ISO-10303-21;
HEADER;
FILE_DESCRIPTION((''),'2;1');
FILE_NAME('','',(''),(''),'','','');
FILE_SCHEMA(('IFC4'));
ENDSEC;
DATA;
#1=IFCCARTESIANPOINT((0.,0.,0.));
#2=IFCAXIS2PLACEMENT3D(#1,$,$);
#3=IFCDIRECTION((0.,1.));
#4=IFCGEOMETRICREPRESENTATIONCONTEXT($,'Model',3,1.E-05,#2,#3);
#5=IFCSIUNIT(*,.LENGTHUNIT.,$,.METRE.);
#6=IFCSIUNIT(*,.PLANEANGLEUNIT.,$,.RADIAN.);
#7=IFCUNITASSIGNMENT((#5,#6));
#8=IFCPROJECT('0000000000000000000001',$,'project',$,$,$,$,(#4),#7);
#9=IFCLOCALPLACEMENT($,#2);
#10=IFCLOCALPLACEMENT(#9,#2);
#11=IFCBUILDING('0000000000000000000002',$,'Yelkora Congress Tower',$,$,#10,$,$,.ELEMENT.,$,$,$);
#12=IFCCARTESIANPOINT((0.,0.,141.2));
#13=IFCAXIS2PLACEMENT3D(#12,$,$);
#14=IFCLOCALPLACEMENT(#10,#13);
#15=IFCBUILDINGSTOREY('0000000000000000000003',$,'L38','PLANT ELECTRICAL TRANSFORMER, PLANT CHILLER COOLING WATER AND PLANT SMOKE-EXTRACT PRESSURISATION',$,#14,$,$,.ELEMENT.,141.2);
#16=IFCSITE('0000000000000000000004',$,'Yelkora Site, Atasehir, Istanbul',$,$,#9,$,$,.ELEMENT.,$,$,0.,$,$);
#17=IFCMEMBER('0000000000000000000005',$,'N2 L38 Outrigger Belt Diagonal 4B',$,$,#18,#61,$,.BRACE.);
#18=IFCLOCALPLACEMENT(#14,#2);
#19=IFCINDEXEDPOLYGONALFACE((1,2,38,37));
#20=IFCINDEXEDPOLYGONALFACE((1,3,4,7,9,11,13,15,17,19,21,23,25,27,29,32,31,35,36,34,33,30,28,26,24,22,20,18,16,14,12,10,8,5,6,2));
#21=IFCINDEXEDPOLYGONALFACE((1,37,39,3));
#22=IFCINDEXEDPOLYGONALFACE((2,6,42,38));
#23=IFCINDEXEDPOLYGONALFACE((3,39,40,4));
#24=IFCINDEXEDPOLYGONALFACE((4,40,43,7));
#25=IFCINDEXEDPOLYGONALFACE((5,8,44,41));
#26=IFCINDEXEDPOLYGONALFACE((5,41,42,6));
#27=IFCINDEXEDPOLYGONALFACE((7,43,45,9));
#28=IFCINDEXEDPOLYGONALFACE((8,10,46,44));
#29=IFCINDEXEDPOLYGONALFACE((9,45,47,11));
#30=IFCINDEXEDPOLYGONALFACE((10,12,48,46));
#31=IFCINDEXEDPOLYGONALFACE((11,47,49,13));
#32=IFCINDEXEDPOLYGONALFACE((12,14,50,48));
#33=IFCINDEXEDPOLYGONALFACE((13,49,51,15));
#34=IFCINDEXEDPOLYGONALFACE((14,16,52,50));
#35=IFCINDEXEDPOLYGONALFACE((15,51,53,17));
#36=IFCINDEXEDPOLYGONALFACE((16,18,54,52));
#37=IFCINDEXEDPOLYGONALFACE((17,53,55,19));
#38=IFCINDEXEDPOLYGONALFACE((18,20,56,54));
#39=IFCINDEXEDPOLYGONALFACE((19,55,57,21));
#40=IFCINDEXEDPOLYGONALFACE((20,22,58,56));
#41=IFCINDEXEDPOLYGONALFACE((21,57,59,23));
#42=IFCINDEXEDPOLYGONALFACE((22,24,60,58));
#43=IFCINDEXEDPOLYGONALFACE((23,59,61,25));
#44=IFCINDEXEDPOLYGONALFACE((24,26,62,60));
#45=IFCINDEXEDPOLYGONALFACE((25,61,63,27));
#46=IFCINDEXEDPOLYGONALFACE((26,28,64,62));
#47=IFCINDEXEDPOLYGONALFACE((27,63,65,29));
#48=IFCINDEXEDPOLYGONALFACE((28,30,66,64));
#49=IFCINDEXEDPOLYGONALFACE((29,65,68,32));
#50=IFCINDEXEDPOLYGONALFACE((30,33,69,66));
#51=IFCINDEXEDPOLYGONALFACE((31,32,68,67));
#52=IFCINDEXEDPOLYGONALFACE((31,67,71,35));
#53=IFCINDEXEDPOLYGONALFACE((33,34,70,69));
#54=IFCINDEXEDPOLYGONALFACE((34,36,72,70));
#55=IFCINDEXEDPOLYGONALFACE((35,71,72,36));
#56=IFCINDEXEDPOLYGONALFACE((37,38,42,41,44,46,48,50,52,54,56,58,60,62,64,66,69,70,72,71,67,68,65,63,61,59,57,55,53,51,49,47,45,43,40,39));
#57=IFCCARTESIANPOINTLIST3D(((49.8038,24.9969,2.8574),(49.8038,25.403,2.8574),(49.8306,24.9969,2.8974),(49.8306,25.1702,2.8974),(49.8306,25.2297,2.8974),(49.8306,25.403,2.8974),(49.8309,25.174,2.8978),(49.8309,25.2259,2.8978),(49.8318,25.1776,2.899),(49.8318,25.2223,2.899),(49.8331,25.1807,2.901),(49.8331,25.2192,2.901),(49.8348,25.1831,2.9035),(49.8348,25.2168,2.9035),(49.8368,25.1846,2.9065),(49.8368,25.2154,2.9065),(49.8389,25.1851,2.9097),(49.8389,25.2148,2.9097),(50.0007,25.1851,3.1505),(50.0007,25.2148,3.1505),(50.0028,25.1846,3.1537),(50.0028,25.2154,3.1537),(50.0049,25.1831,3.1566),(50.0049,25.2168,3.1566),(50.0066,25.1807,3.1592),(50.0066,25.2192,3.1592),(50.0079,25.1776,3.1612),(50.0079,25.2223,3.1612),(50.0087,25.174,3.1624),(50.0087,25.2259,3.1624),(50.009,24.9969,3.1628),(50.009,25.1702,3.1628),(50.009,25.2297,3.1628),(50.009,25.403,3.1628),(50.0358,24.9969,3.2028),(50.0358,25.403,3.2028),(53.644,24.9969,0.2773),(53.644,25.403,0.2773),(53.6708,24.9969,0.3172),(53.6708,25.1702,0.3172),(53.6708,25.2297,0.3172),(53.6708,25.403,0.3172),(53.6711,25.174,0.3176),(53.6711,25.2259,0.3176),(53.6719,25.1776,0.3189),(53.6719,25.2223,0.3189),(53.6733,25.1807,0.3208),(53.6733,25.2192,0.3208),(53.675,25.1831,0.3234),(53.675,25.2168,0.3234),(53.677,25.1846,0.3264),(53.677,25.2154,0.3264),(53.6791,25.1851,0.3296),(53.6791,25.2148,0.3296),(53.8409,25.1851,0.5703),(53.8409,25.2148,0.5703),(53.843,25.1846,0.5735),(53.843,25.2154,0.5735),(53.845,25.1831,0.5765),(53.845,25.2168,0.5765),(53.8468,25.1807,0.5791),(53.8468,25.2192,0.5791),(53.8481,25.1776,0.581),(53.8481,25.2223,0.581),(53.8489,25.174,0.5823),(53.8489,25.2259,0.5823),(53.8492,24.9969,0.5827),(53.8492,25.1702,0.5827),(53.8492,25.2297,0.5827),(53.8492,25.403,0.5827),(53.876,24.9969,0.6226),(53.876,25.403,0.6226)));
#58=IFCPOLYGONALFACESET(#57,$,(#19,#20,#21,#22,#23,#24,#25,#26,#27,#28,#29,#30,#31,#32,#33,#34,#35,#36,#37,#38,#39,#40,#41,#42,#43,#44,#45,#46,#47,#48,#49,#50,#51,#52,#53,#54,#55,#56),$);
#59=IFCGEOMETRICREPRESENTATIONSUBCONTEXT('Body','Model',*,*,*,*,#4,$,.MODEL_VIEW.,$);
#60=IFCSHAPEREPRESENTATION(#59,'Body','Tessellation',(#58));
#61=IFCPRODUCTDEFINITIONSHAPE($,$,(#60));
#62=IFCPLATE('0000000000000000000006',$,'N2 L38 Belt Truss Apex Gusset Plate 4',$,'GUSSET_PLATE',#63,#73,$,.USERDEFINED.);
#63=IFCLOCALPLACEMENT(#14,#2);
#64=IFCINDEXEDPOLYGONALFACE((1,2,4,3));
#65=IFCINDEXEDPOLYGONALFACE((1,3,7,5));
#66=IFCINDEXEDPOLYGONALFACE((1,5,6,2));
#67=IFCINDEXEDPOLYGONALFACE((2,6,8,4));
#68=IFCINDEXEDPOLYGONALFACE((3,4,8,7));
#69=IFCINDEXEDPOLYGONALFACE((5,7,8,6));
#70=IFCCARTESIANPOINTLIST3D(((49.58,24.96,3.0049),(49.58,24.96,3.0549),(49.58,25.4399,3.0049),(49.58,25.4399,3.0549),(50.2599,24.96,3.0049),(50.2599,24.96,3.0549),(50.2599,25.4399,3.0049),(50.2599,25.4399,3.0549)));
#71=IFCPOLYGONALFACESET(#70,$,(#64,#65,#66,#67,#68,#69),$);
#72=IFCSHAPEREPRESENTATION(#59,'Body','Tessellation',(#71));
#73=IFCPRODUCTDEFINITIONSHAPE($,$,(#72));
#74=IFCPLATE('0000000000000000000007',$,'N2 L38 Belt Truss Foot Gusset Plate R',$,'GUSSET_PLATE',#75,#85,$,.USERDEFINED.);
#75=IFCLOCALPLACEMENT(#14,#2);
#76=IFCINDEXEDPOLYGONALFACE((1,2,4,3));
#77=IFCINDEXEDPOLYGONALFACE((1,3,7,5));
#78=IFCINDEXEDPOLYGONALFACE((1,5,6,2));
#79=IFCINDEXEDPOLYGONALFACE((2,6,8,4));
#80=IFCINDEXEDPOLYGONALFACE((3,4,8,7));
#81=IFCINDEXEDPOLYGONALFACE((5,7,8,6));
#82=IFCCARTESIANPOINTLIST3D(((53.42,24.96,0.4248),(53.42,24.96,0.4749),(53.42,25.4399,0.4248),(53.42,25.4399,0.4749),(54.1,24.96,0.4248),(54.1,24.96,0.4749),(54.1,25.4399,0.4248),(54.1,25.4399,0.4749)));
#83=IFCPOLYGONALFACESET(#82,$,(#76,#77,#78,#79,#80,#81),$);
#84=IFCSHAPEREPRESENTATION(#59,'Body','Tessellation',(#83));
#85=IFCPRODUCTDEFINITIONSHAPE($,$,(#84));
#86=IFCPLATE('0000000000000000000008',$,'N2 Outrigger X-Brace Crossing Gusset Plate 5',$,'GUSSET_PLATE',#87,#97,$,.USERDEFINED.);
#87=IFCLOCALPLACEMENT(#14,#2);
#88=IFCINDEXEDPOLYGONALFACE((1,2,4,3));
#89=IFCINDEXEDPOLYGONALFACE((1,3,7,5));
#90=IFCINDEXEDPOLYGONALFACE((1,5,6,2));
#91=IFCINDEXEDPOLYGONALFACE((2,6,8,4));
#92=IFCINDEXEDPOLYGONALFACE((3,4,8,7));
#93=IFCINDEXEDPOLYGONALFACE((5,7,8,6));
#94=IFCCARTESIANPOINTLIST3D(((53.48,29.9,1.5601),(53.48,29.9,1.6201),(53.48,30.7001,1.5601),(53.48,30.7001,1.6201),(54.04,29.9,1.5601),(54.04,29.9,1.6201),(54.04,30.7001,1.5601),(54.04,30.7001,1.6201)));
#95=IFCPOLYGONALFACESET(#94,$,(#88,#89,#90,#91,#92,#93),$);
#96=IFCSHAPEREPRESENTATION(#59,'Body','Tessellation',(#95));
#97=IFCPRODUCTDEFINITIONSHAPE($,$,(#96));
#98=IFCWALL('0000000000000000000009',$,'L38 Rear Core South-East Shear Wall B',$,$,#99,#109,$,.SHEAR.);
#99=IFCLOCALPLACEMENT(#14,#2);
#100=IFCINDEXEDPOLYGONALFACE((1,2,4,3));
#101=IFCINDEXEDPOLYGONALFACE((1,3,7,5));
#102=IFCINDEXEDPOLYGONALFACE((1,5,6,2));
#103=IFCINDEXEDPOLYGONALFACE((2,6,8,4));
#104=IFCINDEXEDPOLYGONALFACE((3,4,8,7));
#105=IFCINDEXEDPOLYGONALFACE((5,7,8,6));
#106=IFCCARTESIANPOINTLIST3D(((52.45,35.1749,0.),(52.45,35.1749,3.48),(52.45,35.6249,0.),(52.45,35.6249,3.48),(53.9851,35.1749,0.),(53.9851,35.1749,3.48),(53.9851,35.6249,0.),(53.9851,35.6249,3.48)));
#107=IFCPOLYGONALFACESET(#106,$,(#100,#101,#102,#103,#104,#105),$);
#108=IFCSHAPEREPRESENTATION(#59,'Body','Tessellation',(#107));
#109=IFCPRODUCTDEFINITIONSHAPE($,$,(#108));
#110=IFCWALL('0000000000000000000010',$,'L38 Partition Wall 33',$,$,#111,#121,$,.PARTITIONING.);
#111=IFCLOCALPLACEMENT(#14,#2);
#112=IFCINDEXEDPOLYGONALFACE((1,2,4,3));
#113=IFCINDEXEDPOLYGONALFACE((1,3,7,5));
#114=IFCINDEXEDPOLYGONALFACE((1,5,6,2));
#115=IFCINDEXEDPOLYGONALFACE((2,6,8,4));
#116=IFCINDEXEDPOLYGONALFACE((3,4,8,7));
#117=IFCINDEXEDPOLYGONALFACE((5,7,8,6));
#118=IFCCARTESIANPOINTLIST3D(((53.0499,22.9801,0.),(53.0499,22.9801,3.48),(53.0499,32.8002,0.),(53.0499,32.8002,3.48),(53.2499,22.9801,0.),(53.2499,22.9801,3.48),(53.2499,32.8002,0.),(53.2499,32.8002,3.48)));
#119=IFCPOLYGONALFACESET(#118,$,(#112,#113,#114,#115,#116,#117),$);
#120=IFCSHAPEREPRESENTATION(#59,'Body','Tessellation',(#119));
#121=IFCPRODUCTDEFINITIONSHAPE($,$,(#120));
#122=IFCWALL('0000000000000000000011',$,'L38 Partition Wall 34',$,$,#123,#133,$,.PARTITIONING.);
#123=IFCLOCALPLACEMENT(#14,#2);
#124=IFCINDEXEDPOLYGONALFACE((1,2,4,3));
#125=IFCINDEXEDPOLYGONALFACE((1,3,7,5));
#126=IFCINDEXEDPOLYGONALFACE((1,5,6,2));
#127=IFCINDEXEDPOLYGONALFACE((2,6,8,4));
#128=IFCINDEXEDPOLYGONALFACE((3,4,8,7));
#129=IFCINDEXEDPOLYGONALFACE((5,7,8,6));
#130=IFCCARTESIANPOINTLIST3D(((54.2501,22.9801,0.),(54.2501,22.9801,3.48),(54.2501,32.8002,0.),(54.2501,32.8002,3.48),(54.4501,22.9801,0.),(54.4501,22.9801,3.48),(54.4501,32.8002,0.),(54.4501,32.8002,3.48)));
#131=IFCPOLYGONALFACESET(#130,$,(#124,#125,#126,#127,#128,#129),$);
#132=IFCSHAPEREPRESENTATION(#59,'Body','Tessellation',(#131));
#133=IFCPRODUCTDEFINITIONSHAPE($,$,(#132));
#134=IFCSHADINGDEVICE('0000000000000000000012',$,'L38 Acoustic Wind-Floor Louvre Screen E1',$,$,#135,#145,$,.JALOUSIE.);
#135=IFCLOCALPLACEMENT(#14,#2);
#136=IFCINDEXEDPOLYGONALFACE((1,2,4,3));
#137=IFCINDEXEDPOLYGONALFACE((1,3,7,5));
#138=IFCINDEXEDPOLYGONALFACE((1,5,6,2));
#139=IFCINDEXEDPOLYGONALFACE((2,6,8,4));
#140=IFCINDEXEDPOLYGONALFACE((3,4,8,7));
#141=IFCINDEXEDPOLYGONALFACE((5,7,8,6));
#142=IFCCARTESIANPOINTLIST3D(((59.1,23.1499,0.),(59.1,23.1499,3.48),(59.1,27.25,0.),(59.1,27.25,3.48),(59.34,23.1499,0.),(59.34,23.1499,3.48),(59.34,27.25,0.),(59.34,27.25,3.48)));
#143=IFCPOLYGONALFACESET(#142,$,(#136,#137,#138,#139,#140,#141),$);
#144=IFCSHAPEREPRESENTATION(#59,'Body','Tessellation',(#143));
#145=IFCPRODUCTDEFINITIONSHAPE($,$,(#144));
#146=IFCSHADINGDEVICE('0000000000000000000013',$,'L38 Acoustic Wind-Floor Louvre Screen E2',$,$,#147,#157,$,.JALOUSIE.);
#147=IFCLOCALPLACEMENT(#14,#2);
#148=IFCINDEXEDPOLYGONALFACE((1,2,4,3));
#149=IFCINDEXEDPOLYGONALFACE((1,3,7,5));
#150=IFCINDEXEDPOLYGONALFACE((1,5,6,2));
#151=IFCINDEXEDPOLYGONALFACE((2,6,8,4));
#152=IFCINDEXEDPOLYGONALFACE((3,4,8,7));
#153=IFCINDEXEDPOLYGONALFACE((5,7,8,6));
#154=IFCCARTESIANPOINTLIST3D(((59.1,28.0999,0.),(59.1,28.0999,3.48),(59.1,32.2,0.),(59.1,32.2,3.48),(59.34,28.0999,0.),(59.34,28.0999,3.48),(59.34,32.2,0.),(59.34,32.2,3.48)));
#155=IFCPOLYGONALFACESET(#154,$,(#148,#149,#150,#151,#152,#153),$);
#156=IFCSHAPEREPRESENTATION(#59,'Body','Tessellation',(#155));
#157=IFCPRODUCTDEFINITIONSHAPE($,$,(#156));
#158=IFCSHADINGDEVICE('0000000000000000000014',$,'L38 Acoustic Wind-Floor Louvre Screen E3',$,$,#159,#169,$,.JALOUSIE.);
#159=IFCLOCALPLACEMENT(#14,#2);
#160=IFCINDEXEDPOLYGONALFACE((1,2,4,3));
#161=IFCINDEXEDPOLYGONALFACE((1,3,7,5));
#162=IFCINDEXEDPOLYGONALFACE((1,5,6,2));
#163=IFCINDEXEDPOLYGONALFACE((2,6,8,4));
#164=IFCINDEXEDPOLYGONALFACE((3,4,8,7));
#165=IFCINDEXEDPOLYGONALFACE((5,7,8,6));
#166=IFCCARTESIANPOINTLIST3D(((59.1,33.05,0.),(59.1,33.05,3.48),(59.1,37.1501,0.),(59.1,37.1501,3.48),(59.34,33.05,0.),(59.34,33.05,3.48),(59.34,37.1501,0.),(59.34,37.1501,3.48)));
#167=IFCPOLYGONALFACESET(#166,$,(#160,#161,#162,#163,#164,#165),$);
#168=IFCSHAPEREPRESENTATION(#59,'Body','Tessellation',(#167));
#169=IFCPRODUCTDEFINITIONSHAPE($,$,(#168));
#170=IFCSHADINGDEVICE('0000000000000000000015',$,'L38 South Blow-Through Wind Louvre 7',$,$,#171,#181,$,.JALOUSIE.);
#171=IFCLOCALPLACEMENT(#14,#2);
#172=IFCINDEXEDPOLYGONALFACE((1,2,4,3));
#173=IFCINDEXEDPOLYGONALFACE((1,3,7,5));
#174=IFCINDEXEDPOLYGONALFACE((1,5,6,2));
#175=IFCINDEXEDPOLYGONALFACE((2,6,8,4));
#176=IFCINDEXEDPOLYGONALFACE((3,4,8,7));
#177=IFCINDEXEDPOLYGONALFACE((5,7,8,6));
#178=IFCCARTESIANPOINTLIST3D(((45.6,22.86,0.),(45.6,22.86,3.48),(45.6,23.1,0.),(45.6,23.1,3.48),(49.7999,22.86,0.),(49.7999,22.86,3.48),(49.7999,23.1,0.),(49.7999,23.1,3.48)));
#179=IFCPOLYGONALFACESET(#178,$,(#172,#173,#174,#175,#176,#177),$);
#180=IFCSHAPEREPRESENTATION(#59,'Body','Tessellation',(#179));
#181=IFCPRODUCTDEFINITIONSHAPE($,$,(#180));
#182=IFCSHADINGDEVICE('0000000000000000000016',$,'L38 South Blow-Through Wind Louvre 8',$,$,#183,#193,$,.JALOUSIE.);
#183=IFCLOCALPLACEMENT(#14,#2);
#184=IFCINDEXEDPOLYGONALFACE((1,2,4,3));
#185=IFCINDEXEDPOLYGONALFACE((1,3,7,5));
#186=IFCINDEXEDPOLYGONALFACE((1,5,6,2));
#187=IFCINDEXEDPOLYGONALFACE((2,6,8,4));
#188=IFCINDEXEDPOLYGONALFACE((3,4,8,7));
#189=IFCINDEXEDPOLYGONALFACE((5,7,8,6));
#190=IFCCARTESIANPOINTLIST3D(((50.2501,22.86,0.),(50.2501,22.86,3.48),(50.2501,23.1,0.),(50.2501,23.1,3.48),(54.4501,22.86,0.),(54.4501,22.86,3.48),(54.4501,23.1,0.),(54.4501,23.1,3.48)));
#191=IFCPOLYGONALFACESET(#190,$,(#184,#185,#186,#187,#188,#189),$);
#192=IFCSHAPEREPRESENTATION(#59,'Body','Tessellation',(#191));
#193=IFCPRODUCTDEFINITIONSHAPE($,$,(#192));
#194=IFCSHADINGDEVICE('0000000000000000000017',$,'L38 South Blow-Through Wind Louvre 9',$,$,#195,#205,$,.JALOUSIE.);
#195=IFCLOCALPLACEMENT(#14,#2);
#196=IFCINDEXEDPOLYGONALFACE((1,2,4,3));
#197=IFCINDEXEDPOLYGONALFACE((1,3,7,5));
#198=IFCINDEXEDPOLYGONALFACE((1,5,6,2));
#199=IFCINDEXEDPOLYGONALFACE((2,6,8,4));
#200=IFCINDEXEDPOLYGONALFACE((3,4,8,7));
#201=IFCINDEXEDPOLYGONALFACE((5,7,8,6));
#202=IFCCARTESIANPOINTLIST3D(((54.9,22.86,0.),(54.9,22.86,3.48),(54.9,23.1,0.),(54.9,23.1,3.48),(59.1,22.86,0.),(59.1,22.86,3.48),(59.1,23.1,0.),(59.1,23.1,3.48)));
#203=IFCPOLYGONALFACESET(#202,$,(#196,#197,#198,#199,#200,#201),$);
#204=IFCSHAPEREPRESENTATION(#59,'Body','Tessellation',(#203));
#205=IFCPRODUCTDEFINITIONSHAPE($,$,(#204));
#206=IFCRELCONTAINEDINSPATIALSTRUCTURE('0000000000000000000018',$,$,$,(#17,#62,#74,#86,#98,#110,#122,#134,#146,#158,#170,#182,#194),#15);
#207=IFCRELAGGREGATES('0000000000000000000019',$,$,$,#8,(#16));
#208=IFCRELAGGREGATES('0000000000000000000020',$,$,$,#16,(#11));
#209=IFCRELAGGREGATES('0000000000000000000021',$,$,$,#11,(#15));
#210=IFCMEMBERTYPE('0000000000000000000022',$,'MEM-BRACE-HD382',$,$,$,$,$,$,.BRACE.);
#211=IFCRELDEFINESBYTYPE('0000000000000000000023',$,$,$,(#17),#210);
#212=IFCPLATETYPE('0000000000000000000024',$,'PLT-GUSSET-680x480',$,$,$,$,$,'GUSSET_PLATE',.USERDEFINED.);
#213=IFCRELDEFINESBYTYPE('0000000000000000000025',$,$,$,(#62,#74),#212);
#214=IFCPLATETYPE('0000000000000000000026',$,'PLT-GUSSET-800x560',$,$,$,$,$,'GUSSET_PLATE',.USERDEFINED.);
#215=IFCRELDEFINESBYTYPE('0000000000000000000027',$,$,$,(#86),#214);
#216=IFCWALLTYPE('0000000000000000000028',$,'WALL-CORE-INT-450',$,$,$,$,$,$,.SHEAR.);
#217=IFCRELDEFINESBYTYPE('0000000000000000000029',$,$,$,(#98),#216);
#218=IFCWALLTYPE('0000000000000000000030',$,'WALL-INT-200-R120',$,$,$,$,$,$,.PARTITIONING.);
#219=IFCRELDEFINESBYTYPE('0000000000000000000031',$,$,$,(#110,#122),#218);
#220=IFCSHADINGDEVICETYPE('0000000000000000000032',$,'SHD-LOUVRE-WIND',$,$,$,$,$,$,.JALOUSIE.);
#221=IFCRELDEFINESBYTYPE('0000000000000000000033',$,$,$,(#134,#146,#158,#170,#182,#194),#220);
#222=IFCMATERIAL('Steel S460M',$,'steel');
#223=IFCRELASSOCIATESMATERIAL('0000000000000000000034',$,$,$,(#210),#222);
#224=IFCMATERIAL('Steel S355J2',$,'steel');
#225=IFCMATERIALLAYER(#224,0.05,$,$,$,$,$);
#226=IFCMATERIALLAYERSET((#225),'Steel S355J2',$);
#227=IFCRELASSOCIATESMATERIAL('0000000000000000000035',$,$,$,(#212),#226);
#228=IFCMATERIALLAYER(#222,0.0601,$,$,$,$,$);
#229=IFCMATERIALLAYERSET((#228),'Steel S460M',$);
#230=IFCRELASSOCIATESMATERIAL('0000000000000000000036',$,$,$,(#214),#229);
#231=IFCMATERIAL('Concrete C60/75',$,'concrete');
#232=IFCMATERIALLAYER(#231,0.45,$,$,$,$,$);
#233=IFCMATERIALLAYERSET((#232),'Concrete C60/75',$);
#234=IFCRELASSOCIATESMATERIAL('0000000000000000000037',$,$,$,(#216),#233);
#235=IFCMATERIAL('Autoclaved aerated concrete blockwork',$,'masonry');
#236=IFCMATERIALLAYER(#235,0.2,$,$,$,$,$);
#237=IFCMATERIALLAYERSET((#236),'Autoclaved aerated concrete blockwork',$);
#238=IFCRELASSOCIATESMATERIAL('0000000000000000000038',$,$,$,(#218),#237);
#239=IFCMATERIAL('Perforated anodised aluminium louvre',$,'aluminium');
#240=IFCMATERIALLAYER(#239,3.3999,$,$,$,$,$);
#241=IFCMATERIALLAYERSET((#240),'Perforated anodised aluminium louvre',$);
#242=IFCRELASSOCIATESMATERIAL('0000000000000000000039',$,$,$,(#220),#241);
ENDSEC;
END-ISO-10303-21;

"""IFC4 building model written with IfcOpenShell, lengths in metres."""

from ifc_helpers import new_model, si_unit, direction, frame, frame_2d, origin, origin_2d, place, context, subcontext, project, spatial, rectangle, i_section, extrude, material, layer, layer_set, material_profile, profile_set, type_object, element, save


model = new_model("IFC4")

# Units and contexts
model_context = context("Model", 3, precision=1e-05, world=origin(), true_north=direction((0.0, 1.0)))
body_context = subcontext(model_context, "Body", "Model", "MODEL_VIEW")
ifc_project = project(units=[si_unit("LENGTHUNIT", "METRE"), si_unit("PLANEANGLEUNIT", "RADIAN")], contexts=[model_context])

# Site, building, storey
site_placement = place(None, origin())
site = spatial("IfcSite", under=ifc_project, at=site_placement, Name="Yelkora Site, Atasehir, Istanbul", CompositionType="ELEMENT", RefElevation=0.0)
building_placement = place(site_placement, origin())
building = spatial("IfcBuilding", under=site, at=building_placement, Name="Yelkora Congress Tower", CompositionType="ELEMENT")
storey_placement = place(building_placement, frame((0.0, 0.0, 141.2)))
storey = spatial("IfcBuildingStorey", under=building, at=storey_placement, Name="L38", Description="PLANT ELECTRICAL TRANSFORMER, PLANT CHILLER COOLING WATER AND PLANT SMOKE-EXTRACT PRESSURISATION", CompositionType="ELEMENT", Elevation=141.2)

# Shared definitions
ifc_material_1 = material(Name="Steel S460M", Category="steel")

# Member
ifc_material_profile_1 = material_profile(ifc_material_1, i_section(OverallWidth=0.406, OverallDepth=0.416, WebThickness=0.0298, FlangeThickness=0.0481, FilletRadius=0.0149, at=origin_2d()), Name="HD 400x382")
ifc_profile_set_1 = profile_set([ifc_material_profile_1], Name="Steel S460M")
member_type = type_object("IfcMemberType", Name="MEM-BRACE-HD382", PredefinedType="BRACE", material=ifc_profile_set_1)
member_placement = place(storey_placement, frame((53.76, 25.2, 0.45), z_axis=(-0.830048, 0.0, 0.557692), x_axis=(0.0, -1.0, 0.0)))
element("IfcMember", 1, at=member_placement, inside=storey, type_object=member_type, Name="N2 L38 Outrigger Belt Diagonal 4B", PredefinedType="BRACE", context=body_context, shape_type="SweptSolid", body=[
    extrude(i_section(OverallWidth=0.406, OverallDepth=0.416, WebThickness=0.0298, FlangeThickness=0.0481, FilletRadius=0.0149, at=origin_2d()), origin(), (0.0, 0.0, 1.0), 4.6265),
])

# Plates
ifc_material_2 = material(Name="Steel S355J2", Category="steel")
ifc_layer_1 = layer(ifc_material_2, 0.05)
ifc_layer_set_1 = layer_set([ifc_layer_1], Name="Steel S355J2")
plate_type_1 = type_object("IfcPlateType", Name="PLT-GUSSET-680x480", ElementType="GUSSET_PLATE", PredefinedType="USERDEFINED", material=ifc_layer_set_1)
for number, where, z_axis, x_axis, name in (
    (2, (49.9199, 25.2, 3.0049), (0.0, 0.0, 1.0), (1.0, 0.0, 0.0), "N2 L38 Belt Truss Apex Gusset Plate 4"),
    (3, (53.76, 25.2, 0.4248), (0.0, 0.0, 1.0), (1.0, 0.0, 0.0), "N2 L38 Belt Truss Foot Gusset Plate R"),
):
    element("IfcPlate", number, at=place(storey_placement, frame(where, z_axis=z_axis, x_axis=x_axis)), inside=storey, type_object=plate_type_1, Name=name, ObjectType="GUSSET_PLATE", PredefinedType="USERDEFINED", context=body_context, shape_type="SweptSolid", body=[
        extrude(rectangle(XDim=0.6799, YDim=0.48, at=origin_2d()), origin(), (0.0, 0.0, 1.0), 0.05),
    ])
ifc_layer_2 = layer(ifc_material_1, 0.0601)
ifc_layer_set_2 = layer_set([ifc_layer_2], Name="Steel S460M")
plate_type_2 = type_object("IfcPlateType", Name="PLT-GUSSET-800x560", ElementType="GUSSET_PLATE", PredefinedType="USERDEFINED", material=ifc_layer_set_2)
plate_placement = place(storey_placement, frame((53.76, 30.3, 1.5601), z_axis=(0.0, 0.0, 1.0), x_axis=(0.0, 1.0, 0.0)))
element("IfcPlate", 4, at=plate_placement, inside=storey, type_object=plate_type_2, Name="N2 Outrigger X-Brace Crossing Gusset Plate 5", ObjectType="GUSSET_PLATE", PredefinedType="USERDEFINED", context=body_context, shape_type="SweptSolid", body=[
    extrude(rectangle(XDim=0.8, YDim=0.5601, at=origin_2d()), origin(), (0.0, 0.0, 1.0), 0.0601),
])

# Wall
ifc_material_3 = material(Name="Concrete C60/75", Category="concrete")
ifc_layer_3 = layer(ifc_material_3, 0.45)
ifc_layer_set_3 = layer_set([ifc_layer_3], Name="Concrete C60/75")
wall_type_1 = type_object("IfcWallType", Name="WALL-CORE-INT-450", PredefinedType="SHEAR", material=ifc_layer_set_3)
wall_1_placement = place(storey_placement, frame((52.45, 35.3999, 0.0), z_axis=(0.0, 0.0, 1.0), x_axis=(1.0, 0.0, 0.0)))
element("IfcWall", 5, at=wall_1_placement, inside=storey, type_object=wall_type_1, Name="L38 Rear Core South-East Shear Wall B", PredefinedType="SHEAR", context=body_context, shape_type="SweptSolid", body=[
    extrude(rectangle(XDim=1.5352, YDim=0.45, at=frame_2d((0.7676, 0.0))), origin(), (0.0, 0.0, 1.0), 3.48),
])

# Shared definitions
ifc_material_4 = material(Name="Autoclaved aerated concrete blockwork", Category="masonry")
ifc_layer_4 = layer(ifc_material_4, 0.2)
ifc_layer_set_4 = layer_set([ifc_layer_4], Name="Autoclaved aerated concrete blockwork")
wall_type_2 = type_object("IfcWallType", Name="WALL-INT-200-R120", PredefinedType="PARTITIONING", material=ifc_layer_set_4)

# Walls
for number, where, z_axis, x_axis, name in (
    (6, (53.1499, 22.98, 0.0), (0.0, 0.0, 1.0), (0.0, 1.0, 0.0), "L38 Partition Wall 33"),
    (7, (54.3501, 22.98, 0.0), (0.0, 0.0, 1.0), (0.0, 1.0, 0.0), "L38 Partition Wall 34"),
):
    element("IfcWall", number, at=place(storey_placement, frame(where, z_axis=z_axis, x_axis=x_axis)), inside=storey, type_object=wall_type_2, Name=name, PredefinedType="PARTITIONING", context=body_context, shape_type="SweptSolid", body=[
        extrude(rectangle(XDim=9.8201, YDim=0.2, at=frame_2d((4.9102, 0.0))), origin(), (0.0, 0.0, 1.0), 3.48),
    ])

# Shading devices
ifc_material_5 = material(Name="Perforated anodised aluminium louvre", Category="aluminium")
ifc_layer_5 = layer(ifc_material_5, 3.3999)
ifc_layer_set_5 = layer_set([ifc_layer_5], Name="Perforated anodised aluminium louvre")
shading_device_type = type_object("IfcShadingDeviceType", Name="SHD-LOUVRE-WIND", PredefinedType="JALOUSIE", material=ifc_layer_set_5)
for number, where, z_axis, x_axis, name in (
    (8, (59.22, 25.2, 0.0), (0.0, 0.0, 1.0), (1.0, 0.0, 0.0), "L38 Acoustic Wind-Floor Louvre Screen E1"),
    (9, (59.22, 30.1499, 0.0), (0.0, 0.0, 1.0), (1.0, 0.0, 0.0), "L38 Acoustic Wind-Floor Louvre Screen E2"),
    (10, (59.22, 35.1001, 0.0), (0.0, 0.0, 1.0), (1.0, 0.0, 0.0), "L38 Acoustic Wind-Floor Louvre Screen E3"),
):
    element("IfcShadingDevice", number, at=place(storey_placement, frame(where, z_axis=z_axis, x_axis=x_axis)), inside=storey, type_object=shading_device_type, Name=name, PredefinedType="JALOUSIE", context=body_context, shape_type="SweptSolid", body=[
        extrude(rectangle(XDim=0.24, YDim=4.1001, at=origin_2d()), origin(), (0.0, 0.0, 1.0), 3.48),
    ])
for number, where, z_axis, x_axis, name in (
    (11, (47.7, 22.98, 0.0), (0.0, 0.0, 1.0), (1.0, 0.0, 0.0), "L38 South Blow-Through Wind Louvre 7"),
    (12, (52.3501, 22.98, 0.0), (0.0, 0.0, 1.0), (1.0, 0.0, 0.0), "L38 South Blow-Through Wind Louvre 8"),
    (13, (57.0, 22.98, 0.0), (0.0, 0.0, 1.0), (1.0, 0.0, 0.0), "L38 South Blow-Through Wind Louvre 9"),
):
    element("IfcShadingDevice", number, at=place(storey_placement, frame(where, z_axis=z_axis, x_axis=x_axis)), inside=storey, type_object=shading_device_type, Name=name, PredefinedType="JALOUSIE", context=body_context, shape_type="SweptSolid", body=[
        extrude(rectangle(XDim=4.2, YDim=0.24, at=origin_2d()), origin(), (0.0, 0.0, 1.0), 3.48),
    ])

save(model, "model.ifc")
